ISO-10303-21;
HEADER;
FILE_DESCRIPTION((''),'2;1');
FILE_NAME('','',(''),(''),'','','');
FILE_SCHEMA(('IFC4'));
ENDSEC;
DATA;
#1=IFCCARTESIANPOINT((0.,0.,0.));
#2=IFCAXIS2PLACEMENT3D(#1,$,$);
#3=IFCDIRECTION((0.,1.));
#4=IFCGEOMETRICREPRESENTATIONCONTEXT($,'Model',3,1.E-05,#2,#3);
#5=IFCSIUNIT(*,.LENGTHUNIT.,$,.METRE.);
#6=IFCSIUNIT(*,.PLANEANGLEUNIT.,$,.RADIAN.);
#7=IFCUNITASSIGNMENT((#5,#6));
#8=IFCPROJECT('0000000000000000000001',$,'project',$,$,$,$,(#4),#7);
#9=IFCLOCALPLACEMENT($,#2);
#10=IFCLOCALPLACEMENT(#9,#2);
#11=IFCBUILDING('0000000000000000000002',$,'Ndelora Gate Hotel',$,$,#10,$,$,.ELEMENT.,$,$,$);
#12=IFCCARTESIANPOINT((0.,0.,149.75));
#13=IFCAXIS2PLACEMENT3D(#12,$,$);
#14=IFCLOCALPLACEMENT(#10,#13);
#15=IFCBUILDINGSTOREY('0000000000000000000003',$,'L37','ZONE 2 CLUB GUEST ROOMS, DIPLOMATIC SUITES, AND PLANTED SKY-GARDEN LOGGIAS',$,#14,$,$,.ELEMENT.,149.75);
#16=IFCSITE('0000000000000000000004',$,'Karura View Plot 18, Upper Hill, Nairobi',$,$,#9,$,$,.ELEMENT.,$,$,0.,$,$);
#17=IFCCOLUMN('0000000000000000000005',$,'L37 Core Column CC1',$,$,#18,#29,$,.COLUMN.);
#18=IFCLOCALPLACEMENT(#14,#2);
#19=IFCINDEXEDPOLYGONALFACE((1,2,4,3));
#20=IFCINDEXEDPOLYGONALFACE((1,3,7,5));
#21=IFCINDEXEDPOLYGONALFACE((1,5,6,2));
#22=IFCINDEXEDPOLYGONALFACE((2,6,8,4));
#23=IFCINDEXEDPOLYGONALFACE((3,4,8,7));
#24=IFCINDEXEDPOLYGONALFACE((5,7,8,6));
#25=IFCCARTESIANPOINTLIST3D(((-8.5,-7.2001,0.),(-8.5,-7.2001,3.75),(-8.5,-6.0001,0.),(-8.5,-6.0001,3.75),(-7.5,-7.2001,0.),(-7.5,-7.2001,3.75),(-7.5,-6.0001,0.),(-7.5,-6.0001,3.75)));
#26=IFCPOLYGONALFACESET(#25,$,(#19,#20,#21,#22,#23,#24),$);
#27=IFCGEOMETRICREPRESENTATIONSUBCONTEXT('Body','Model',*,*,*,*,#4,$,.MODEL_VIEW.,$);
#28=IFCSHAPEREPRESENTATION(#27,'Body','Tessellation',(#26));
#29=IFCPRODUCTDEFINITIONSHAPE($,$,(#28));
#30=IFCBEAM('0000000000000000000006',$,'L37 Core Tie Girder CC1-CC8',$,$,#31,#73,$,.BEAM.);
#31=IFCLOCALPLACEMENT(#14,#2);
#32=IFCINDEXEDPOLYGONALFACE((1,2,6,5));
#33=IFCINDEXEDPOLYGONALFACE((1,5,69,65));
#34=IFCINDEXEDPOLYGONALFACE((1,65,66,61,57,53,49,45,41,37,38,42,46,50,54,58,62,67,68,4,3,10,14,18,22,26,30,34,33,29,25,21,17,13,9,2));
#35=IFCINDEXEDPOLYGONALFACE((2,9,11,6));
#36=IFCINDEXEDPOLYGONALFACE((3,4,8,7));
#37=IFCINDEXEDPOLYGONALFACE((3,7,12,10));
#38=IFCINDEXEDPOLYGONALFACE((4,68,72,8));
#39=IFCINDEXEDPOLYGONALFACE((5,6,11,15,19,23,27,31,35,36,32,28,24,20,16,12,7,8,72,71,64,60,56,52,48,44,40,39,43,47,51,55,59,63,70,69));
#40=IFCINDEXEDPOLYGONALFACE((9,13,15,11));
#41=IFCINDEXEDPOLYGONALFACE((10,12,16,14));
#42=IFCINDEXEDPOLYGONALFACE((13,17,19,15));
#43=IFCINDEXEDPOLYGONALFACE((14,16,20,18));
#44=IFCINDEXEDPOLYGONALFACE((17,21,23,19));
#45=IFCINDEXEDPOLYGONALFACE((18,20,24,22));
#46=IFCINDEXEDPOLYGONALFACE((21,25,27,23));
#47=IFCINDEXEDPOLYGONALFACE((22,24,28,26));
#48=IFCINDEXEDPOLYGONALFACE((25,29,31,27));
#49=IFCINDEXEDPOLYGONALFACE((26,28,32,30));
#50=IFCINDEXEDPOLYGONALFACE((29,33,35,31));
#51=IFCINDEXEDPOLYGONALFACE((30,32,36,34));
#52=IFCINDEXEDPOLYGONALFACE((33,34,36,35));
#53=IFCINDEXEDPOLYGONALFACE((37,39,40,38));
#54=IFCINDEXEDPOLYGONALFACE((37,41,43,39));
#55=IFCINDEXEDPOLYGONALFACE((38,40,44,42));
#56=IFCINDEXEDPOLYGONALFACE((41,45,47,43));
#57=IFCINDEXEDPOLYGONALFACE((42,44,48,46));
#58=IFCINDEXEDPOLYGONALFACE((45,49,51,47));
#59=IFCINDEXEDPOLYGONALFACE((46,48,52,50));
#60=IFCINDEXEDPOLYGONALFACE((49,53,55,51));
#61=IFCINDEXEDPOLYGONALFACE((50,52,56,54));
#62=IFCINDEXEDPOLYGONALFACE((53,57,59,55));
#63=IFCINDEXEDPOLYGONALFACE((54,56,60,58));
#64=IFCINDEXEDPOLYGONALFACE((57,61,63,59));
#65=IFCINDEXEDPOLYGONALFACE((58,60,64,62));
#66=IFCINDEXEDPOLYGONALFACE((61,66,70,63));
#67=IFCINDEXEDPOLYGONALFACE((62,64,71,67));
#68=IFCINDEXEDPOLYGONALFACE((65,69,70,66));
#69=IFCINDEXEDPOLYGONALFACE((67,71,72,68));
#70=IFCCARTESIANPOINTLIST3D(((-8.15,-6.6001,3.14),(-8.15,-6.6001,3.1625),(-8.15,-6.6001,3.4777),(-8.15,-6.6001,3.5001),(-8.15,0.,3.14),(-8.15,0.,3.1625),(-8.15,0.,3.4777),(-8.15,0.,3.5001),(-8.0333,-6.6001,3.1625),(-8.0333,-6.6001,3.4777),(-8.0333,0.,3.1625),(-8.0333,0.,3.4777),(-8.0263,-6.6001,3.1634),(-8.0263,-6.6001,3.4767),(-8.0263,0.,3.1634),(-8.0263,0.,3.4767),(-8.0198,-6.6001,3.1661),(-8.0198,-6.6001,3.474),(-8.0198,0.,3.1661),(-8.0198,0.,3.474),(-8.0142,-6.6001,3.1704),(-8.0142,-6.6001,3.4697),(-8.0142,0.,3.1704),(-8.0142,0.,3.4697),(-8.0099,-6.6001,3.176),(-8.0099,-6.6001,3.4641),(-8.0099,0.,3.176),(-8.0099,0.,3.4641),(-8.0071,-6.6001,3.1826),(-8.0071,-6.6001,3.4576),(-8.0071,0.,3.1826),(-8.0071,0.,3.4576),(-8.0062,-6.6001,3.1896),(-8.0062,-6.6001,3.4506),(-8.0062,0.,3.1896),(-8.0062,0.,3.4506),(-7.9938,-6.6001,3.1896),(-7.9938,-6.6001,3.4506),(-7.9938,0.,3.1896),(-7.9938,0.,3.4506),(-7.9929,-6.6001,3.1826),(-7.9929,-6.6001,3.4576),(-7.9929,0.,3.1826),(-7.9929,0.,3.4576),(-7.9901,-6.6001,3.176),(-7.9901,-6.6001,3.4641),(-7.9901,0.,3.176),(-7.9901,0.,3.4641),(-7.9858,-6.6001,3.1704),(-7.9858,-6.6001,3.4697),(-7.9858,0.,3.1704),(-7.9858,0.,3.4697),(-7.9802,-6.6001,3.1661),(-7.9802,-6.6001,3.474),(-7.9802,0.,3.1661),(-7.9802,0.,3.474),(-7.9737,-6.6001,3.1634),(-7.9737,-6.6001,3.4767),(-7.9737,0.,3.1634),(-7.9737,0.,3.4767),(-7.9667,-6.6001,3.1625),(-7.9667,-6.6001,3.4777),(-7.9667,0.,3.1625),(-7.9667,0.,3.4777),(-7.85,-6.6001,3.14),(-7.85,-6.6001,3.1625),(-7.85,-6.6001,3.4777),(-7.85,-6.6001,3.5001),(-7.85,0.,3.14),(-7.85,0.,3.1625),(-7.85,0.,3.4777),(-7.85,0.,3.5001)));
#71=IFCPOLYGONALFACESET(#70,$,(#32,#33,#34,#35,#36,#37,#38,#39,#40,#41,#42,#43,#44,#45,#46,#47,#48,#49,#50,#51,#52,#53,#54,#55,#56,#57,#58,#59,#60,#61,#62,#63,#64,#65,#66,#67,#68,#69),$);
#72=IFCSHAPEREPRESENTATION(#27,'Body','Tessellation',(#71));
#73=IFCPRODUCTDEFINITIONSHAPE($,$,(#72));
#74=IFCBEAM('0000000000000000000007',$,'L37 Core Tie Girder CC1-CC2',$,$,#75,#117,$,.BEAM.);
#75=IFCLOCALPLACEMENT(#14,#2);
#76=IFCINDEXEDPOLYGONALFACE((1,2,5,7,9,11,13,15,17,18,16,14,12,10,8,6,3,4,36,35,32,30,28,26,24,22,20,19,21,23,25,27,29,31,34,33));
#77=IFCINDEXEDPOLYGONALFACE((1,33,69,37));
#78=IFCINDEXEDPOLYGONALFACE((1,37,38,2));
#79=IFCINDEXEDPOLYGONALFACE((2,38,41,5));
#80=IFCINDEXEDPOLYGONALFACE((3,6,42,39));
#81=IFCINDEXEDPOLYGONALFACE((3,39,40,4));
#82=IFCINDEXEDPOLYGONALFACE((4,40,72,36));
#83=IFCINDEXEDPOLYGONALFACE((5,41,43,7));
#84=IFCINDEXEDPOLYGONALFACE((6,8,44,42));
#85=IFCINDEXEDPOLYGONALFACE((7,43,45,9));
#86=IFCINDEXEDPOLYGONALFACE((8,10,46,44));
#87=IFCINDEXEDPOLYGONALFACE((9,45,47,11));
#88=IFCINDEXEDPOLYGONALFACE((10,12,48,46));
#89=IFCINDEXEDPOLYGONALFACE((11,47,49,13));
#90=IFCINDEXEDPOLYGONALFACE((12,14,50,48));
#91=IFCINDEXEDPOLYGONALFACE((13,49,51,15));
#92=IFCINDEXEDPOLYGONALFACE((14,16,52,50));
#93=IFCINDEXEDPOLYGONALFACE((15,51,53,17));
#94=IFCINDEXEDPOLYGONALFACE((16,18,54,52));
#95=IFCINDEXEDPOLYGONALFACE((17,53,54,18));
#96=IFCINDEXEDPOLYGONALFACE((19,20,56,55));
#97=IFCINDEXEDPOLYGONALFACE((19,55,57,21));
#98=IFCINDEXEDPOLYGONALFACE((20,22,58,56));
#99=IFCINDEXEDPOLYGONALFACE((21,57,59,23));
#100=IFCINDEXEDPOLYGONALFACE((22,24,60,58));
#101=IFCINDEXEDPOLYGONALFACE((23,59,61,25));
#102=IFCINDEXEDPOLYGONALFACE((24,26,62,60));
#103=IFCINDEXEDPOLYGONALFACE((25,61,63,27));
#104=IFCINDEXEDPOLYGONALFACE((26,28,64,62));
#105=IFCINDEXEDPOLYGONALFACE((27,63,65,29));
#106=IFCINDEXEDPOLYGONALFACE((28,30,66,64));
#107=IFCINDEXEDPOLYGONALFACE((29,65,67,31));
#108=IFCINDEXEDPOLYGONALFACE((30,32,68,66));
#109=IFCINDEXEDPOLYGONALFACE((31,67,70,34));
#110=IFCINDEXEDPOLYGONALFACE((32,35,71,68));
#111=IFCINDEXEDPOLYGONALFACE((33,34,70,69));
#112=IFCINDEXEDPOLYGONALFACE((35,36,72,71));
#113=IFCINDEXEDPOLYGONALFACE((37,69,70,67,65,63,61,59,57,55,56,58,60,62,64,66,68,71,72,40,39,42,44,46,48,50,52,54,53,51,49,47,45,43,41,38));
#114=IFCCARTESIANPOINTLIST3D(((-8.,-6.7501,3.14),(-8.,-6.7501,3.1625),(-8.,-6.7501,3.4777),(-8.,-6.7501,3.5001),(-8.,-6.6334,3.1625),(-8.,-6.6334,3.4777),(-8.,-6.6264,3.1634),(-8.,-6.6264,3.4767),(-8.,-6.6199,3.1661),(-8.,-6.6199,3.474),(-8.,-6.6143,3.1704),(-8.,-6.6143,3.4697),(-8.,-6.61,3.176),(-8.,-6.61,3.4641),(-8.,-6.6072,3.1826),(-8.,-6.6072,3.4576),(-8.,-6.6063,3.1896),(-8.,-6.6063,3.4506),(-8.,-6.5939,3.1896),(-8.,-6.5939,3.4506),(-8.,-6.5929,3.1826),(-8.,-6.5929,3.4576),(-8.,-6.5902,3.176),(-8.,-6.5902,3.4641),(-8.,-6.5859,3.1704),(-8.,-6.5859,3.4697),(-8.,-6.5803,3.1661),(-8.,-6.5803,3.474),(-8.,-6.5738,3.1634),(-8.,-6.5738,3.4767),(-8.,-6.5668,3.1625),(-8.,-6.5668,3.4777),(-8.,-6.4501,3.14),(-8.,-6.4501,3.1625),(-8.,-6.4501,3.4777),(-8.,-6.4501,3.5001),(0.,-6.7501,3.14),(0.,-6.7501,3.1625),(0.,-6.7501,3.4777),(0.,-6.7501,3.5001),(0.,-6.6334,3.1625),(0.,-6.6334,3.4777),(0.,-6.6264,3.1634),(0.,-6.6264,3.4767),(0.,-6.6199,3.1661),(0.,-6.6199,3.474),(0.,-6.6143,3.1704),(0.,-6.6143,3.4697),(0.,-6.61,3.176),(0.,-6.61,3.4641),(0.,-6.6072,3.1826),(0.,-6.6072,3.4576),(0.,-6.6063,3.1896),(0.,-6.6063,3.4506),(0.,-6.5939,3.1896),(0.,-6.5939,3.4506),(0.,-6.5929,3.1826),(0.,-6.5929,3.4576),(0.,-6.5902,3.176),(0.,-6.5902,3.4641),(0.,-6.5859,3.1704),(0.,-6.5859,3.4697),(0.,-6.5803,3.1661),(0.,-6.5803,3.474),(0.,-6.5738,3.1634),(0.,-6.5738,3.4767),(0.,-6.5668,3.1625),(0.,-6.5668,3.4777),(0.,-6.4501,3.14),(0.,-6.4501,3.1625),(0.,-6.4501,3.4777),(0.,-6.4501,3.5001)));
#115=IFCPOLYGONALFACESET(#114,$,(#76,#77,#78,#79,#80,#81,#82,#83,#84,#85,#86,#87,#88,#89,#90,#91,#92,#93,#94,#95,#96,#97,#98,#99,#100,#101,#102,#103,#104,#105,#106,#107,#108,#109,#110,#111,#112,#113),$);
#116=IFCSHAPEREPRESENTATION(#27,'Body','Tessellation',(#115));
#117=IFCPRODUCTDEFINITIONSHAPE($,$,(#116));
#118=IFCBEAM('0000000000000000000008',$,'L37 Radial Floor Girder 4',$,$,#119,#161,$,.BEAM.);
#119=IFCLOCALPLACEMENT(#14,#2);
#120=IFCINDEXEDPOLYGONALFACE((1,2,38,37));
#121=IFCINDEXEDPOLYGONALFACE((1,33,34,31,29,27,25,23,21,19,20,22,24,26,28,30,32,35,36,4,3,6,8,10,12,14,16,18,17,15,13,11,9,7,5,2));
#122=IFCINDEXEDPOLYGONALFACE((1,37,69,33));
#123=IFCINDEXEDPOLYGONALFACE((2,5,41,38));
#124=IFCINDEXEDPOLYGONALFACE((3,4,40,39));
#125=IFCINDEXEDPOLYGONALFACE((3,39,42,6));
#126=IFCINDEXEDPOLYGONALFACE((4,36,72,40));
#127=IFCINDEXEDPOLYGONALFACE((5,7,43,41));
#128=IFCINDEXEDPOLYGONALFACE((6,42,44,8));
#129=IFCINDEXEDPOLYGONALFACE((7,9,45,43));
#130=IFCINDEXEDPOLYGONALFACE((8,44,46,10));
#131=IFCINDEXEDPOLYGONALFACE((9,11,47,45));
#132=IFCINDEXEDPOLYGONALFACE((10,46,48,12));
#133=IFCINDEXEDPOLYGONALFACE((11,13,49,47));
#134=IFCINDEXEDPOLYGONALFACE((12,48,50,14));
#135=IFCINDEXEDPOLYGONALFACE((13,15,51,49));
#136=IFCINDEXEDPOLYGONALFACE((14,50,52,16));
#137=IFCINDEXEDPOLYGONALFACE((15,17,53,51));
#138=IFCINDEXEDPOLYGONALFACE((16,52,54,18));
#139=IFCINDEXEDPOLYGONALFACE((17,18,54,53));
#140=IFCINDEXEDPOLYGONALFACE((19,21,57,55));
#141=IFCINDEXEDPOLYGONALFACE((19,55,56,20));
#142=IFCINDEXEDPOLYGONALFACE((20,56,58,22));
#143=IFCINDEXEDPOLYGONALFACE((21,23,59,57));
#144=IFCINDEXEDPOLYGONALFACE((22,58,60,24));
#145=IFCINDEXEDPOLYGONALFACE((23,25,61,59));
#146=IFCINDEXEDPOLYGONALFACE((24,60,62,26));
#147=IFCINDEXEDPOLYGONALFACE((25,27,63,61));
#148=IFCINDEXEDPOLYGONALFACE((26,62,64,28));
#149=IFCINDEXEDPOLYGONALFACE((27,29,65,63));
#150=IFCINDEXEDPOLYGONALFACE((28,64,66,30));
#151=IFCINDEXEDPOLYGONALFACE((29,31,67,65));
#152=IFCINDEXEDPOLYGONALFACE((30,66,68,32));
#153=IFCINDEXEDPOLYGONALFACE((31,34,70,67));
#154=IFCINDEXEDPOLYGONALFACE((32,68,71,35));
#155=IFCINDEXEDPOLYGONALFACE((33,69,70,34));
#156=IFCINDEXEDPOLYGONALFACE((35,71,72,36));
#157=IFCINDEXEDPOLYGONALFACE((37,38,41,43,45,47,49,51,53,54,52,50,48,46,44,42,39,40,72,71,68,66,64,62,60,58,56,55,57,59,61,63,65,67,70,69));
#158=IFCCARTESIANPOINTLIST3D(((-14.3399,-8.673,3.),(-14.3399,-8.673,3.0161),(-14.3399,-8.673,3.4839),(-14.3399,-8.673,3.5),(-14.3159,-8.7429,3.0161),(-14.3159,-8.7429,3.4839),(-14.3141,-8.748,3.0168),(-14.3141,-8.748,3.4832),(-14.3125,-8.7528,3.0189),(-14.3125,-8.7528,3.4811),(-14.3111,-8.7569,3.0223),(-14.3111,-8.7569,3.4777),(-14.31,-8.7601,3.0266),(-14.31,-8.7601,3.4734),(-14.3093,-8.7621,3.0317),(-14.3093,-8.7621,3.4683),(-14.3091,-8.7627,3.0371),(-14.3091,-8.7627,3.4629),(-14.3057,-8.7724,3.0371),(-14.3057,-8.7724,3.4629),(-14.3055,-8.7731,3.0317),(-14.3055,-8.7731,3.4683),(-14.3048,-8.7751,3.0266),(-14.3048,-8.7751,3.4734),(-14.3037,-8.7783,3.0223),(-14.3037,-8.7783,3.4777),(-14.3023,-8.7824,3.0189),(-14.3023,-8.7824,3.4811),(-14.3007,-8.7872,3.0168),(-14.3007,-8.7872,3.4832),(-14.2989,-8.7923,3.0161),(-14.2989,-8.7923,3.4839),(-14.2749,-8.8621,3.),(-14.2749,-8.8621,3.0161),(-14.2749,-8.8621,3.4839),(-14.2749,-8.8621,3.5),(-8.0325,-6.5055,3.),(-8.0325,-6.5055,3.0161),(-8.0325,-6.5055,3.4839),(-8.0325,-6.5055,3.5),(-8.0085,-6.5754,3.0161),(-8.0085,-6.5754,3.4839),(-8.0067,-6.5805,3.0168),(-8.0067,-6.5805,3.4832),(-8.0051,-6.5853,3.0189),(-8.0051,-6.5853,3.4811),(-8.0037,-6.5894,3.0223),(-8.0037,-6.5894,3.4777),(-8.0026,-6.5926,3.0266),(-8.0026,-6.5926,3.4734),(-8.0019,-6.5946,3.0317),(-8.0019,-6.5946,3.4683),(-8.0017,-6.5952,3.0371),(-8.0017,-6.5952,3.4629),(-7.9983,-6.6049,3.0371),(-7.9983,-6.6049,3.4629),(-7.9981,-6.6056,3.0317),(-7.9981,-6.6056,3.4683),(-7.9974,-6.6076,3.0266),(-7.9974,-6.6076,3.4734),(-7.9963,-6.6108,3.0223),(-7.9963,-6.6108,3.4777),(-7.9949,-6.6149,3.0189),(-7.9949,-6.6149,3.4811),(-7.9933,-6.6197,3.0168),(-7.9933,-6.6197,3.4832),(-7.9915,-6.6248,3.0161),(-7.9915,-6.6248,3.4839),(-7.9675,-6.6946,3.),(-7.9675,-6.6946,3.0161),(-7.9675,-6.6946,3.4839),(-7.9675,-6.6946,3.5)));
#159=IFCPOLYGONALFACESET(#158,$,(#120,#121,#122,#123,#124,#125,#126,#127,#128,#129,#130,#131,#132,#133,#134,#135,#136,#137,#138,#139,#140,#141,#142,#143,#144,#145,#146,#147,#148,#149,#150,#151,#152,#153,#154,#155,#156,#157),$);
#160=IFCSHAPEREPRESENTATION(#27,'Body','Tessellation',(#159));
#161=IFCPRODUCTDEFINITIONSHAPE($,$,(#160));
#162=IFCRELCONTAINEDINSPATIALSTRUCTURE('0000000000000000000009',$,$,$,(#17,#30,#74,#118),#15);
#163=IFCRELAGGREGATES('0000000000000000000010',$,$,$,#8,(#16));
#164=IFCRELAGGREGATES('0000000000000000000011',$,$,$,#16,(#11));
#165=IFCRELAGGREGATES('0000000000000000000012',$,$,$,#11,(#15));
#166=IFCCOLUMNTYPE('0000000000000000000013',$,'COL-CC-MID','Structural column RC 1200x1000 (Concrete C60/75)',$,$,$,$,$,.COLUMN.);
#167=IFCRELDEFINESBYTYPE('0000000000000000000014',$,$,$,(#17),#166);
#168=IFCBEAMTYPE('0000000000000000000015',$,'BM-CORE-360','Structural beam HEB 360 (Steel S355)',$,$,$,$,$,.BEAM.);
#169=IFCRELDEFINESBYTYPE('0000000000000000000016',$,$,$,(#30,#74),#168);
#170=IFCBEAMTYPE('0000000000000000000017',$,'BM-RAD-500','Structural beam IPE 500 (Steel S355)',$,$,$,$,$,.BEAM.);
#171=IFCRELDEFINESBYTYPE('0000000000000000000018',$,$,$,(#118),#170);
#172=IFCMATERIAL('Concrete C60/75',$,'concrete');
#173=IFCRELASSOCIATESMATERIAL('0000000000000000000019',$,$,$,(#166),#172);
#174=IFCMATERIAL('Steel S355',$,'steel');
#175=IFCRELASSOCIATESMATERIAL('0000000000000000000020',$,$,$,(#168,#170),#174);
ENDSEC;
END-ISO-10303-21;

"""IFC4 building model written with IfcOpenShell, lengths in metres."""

from ifc_helpers import new_model, si_unit, direction, frame, origin, origin_2d, place, context, subcontext, project, spatial, rectangle, i_section, extrude, material, material_profile, profile_set, type_object, element, save


model = new_model("IFC4")

# Units and contexts
model_context = context("Model", 3, precision=1e-05, world=origin(), true_north=direction((0.0, 1.0)))
body_context = subcontext(model_context, "Body", "Model", "MODEL_VIEW")
ifc_project = project(units=[si_unit("LENGTHUNIT", "METRE"), si_unit("PLANEANGLEUNIT", "RADIAN")], contexts=[model_context])

# Site, building, storey
site_placement = place(None, origin())
site = spatial("IfcSite", under=ifc_project, at=site_placement, Name="Karura View Plot 18, Upper Hill, Nairobi", CompositionType="ELEMENT", RefElevation=0.0)
building_placement = place(site_placement, origin())
building = spatial("IfcBuilding", under=site, at=building_placement, Name="Ndelora Gate Hotel", CompositionType="ELEMENT")
storey_placement = place(building_placement, frame((0.0, 0.0, 149.75)))
storey = spatial("IfcBuildingStorey", under=building, at=storey_placement, Name="L37", Description="ZONE 2 CLUB GUEST ROOMS, DIPLOMATIC SUITES, AND PLANTED SKY-GARDEN LOGGIAS", CompositionType="ELEMENT", Elevation=149.75)

# Column
ifc_material_1 = material(Name="Concrete C60/75", Category="concrete")
ifc_material_profile_1 = material_profile(ifc_material_1, rectangle(XDim=1.0, YDim=1.2, at=origin_2d()), Name="RC 1200x1000")
ifc_profile_set_1 = profile_set([ifc_material_profile_1], Name="Concrete C60/75")
column_type = type_object("IfcColumnType", Name="COL-CC-MID", Description="Structural column RC 1200x1000 (Concrete C60/75)", PredefinedType="COLUMN", material=ifc_profile_set_1)
column_placement = place(storey_placement, frame((-8.0, -6.6001, 0.0), z_axis=(0.0, 0.0, 1.0), x_axis=(1.0, 0.0, 0.0)))
element("IfcColumn", 1, at=column_placement, inside=storey, type_object=column_type, Name="L37 Core Column CC1", PredefinedType="COLUMN", context=body_context, shape_type="SweptSolid", body=[
    extrude(rectangle(XDim=1.0, YDim=1.2, at=origin_2d()), origin(), (0.0, 0.0, 1.0), 3.75),
])

# Beams
ifc_material_2 = material(Name="Steel S355", Category="steel")
ifc_material_profile_2 = material_profile(ifc_material_2, i_section(OverallWidth=0.3, OverallDepth=0.3601, WebThickness=0.0125, FlangeThickness=0.0225, FilletRadius=0.0271, at=origin_2d()), Name="HEB 360")
ifc_profile_set_2 = profile_set([ifc_material_profile_2], Name="Steel S355")
beam_type_1 = type_object("IfcBeamType", Name="BM-CORE-360", Description="Structural beam HEB 360 (Steel S355)", PredefinedType="BEAM", material=ifc_profile_set_2)
beam_1_placement = place(storey_placement, frame((-8.0, -6.6001, 3.3201), z_axis=(0.0, 1.0, 0.0), x_axis=(-1.0, 0.0, 0.0)))
element("IfcBeam", 2, at=beam_1_placement, inside=storey, type_object=beam_type_1, Name="L37 Core Tie Girder CC1-CC8", PredefinedType="BEAM", context=body_context, shape_type="SweptSolid", body=[
    extrude(i_section(OverallWidth=0.3, OverallDepth=0.3601, WebThickness=0.0125, FlangeThickness=0.0225, FilletRadius=0.0271, at=origin_2d()), origin(), (0.0, 0.0, 1.0), 6.6001),
])
beam_2_placement = place(storey_placement, frame((-8.0, -6.6001, 3.3201), z_axis=(1.0, 0.0, 0.0), x_axis=(0.0, 1.0, 0.0)))
element("IfcBeam", 3, at=beam_2_placement, inside=storey, type_object=beam_type_1, Name="L37 Core Tie Girder CC1-CC2", PredefinedType="BEAM", context=body_context, shape_type="SweptSolid", body=[
    extrude(i_section(OverallWidth=0.3, OverallDepth=0.3601, WebThickness=0.0125, FlangeThickness=0.0225, FilletRadius=0.0271, at=origin_2d()), origin(), (0.0, 0.0, 1.0), 8.0),
])
ifc_material_profile_3 = material_profile(ifc_material_2, i_section(OverallWidth=0.2, OverallDepth=0.5, WebThickness=0.0103, FlangeThickness=0.0161, FilletRadius=0.021, at=origin_2d()), Name="IPE 500")
ifc_profile_set_3 = profile_set([ifc_material_profile_3], Name="Steel S355")
beam_type_2 = type_object("IfcBeamType", Name="BM-RAD-500", Description="Structural beam IPE 500 (Steel S355)", PredefinedType="BEAM", material=ifc_profile_set_3)
beam_3_placement = place(storey_placement, frame((-8.0, -6.6001, 3.25), z_axis=(-0.945718, -0.324989, 0.0), x_axis=(0.324989, -0.945718, 0.0)))
element("IfcBeam", 4, at=beam_3_placement, inside=storey, type_object=beam_type_2, Name="L37 Radial Floor Girder 4", PredefinedType="BEAM", context=body_context, shape_type="SweptSolid", body=[
    extrude(i_section(OverallWidth=0.2, OverallDepth=0.5, WebThickness=0.0103, FlangeThickness=0.0161, FilletRadius=0.021, at=origin_2d()), origin(), (0.0, 0.0, 1.0), 6.6694),
])

save(model, "model.ifc")
